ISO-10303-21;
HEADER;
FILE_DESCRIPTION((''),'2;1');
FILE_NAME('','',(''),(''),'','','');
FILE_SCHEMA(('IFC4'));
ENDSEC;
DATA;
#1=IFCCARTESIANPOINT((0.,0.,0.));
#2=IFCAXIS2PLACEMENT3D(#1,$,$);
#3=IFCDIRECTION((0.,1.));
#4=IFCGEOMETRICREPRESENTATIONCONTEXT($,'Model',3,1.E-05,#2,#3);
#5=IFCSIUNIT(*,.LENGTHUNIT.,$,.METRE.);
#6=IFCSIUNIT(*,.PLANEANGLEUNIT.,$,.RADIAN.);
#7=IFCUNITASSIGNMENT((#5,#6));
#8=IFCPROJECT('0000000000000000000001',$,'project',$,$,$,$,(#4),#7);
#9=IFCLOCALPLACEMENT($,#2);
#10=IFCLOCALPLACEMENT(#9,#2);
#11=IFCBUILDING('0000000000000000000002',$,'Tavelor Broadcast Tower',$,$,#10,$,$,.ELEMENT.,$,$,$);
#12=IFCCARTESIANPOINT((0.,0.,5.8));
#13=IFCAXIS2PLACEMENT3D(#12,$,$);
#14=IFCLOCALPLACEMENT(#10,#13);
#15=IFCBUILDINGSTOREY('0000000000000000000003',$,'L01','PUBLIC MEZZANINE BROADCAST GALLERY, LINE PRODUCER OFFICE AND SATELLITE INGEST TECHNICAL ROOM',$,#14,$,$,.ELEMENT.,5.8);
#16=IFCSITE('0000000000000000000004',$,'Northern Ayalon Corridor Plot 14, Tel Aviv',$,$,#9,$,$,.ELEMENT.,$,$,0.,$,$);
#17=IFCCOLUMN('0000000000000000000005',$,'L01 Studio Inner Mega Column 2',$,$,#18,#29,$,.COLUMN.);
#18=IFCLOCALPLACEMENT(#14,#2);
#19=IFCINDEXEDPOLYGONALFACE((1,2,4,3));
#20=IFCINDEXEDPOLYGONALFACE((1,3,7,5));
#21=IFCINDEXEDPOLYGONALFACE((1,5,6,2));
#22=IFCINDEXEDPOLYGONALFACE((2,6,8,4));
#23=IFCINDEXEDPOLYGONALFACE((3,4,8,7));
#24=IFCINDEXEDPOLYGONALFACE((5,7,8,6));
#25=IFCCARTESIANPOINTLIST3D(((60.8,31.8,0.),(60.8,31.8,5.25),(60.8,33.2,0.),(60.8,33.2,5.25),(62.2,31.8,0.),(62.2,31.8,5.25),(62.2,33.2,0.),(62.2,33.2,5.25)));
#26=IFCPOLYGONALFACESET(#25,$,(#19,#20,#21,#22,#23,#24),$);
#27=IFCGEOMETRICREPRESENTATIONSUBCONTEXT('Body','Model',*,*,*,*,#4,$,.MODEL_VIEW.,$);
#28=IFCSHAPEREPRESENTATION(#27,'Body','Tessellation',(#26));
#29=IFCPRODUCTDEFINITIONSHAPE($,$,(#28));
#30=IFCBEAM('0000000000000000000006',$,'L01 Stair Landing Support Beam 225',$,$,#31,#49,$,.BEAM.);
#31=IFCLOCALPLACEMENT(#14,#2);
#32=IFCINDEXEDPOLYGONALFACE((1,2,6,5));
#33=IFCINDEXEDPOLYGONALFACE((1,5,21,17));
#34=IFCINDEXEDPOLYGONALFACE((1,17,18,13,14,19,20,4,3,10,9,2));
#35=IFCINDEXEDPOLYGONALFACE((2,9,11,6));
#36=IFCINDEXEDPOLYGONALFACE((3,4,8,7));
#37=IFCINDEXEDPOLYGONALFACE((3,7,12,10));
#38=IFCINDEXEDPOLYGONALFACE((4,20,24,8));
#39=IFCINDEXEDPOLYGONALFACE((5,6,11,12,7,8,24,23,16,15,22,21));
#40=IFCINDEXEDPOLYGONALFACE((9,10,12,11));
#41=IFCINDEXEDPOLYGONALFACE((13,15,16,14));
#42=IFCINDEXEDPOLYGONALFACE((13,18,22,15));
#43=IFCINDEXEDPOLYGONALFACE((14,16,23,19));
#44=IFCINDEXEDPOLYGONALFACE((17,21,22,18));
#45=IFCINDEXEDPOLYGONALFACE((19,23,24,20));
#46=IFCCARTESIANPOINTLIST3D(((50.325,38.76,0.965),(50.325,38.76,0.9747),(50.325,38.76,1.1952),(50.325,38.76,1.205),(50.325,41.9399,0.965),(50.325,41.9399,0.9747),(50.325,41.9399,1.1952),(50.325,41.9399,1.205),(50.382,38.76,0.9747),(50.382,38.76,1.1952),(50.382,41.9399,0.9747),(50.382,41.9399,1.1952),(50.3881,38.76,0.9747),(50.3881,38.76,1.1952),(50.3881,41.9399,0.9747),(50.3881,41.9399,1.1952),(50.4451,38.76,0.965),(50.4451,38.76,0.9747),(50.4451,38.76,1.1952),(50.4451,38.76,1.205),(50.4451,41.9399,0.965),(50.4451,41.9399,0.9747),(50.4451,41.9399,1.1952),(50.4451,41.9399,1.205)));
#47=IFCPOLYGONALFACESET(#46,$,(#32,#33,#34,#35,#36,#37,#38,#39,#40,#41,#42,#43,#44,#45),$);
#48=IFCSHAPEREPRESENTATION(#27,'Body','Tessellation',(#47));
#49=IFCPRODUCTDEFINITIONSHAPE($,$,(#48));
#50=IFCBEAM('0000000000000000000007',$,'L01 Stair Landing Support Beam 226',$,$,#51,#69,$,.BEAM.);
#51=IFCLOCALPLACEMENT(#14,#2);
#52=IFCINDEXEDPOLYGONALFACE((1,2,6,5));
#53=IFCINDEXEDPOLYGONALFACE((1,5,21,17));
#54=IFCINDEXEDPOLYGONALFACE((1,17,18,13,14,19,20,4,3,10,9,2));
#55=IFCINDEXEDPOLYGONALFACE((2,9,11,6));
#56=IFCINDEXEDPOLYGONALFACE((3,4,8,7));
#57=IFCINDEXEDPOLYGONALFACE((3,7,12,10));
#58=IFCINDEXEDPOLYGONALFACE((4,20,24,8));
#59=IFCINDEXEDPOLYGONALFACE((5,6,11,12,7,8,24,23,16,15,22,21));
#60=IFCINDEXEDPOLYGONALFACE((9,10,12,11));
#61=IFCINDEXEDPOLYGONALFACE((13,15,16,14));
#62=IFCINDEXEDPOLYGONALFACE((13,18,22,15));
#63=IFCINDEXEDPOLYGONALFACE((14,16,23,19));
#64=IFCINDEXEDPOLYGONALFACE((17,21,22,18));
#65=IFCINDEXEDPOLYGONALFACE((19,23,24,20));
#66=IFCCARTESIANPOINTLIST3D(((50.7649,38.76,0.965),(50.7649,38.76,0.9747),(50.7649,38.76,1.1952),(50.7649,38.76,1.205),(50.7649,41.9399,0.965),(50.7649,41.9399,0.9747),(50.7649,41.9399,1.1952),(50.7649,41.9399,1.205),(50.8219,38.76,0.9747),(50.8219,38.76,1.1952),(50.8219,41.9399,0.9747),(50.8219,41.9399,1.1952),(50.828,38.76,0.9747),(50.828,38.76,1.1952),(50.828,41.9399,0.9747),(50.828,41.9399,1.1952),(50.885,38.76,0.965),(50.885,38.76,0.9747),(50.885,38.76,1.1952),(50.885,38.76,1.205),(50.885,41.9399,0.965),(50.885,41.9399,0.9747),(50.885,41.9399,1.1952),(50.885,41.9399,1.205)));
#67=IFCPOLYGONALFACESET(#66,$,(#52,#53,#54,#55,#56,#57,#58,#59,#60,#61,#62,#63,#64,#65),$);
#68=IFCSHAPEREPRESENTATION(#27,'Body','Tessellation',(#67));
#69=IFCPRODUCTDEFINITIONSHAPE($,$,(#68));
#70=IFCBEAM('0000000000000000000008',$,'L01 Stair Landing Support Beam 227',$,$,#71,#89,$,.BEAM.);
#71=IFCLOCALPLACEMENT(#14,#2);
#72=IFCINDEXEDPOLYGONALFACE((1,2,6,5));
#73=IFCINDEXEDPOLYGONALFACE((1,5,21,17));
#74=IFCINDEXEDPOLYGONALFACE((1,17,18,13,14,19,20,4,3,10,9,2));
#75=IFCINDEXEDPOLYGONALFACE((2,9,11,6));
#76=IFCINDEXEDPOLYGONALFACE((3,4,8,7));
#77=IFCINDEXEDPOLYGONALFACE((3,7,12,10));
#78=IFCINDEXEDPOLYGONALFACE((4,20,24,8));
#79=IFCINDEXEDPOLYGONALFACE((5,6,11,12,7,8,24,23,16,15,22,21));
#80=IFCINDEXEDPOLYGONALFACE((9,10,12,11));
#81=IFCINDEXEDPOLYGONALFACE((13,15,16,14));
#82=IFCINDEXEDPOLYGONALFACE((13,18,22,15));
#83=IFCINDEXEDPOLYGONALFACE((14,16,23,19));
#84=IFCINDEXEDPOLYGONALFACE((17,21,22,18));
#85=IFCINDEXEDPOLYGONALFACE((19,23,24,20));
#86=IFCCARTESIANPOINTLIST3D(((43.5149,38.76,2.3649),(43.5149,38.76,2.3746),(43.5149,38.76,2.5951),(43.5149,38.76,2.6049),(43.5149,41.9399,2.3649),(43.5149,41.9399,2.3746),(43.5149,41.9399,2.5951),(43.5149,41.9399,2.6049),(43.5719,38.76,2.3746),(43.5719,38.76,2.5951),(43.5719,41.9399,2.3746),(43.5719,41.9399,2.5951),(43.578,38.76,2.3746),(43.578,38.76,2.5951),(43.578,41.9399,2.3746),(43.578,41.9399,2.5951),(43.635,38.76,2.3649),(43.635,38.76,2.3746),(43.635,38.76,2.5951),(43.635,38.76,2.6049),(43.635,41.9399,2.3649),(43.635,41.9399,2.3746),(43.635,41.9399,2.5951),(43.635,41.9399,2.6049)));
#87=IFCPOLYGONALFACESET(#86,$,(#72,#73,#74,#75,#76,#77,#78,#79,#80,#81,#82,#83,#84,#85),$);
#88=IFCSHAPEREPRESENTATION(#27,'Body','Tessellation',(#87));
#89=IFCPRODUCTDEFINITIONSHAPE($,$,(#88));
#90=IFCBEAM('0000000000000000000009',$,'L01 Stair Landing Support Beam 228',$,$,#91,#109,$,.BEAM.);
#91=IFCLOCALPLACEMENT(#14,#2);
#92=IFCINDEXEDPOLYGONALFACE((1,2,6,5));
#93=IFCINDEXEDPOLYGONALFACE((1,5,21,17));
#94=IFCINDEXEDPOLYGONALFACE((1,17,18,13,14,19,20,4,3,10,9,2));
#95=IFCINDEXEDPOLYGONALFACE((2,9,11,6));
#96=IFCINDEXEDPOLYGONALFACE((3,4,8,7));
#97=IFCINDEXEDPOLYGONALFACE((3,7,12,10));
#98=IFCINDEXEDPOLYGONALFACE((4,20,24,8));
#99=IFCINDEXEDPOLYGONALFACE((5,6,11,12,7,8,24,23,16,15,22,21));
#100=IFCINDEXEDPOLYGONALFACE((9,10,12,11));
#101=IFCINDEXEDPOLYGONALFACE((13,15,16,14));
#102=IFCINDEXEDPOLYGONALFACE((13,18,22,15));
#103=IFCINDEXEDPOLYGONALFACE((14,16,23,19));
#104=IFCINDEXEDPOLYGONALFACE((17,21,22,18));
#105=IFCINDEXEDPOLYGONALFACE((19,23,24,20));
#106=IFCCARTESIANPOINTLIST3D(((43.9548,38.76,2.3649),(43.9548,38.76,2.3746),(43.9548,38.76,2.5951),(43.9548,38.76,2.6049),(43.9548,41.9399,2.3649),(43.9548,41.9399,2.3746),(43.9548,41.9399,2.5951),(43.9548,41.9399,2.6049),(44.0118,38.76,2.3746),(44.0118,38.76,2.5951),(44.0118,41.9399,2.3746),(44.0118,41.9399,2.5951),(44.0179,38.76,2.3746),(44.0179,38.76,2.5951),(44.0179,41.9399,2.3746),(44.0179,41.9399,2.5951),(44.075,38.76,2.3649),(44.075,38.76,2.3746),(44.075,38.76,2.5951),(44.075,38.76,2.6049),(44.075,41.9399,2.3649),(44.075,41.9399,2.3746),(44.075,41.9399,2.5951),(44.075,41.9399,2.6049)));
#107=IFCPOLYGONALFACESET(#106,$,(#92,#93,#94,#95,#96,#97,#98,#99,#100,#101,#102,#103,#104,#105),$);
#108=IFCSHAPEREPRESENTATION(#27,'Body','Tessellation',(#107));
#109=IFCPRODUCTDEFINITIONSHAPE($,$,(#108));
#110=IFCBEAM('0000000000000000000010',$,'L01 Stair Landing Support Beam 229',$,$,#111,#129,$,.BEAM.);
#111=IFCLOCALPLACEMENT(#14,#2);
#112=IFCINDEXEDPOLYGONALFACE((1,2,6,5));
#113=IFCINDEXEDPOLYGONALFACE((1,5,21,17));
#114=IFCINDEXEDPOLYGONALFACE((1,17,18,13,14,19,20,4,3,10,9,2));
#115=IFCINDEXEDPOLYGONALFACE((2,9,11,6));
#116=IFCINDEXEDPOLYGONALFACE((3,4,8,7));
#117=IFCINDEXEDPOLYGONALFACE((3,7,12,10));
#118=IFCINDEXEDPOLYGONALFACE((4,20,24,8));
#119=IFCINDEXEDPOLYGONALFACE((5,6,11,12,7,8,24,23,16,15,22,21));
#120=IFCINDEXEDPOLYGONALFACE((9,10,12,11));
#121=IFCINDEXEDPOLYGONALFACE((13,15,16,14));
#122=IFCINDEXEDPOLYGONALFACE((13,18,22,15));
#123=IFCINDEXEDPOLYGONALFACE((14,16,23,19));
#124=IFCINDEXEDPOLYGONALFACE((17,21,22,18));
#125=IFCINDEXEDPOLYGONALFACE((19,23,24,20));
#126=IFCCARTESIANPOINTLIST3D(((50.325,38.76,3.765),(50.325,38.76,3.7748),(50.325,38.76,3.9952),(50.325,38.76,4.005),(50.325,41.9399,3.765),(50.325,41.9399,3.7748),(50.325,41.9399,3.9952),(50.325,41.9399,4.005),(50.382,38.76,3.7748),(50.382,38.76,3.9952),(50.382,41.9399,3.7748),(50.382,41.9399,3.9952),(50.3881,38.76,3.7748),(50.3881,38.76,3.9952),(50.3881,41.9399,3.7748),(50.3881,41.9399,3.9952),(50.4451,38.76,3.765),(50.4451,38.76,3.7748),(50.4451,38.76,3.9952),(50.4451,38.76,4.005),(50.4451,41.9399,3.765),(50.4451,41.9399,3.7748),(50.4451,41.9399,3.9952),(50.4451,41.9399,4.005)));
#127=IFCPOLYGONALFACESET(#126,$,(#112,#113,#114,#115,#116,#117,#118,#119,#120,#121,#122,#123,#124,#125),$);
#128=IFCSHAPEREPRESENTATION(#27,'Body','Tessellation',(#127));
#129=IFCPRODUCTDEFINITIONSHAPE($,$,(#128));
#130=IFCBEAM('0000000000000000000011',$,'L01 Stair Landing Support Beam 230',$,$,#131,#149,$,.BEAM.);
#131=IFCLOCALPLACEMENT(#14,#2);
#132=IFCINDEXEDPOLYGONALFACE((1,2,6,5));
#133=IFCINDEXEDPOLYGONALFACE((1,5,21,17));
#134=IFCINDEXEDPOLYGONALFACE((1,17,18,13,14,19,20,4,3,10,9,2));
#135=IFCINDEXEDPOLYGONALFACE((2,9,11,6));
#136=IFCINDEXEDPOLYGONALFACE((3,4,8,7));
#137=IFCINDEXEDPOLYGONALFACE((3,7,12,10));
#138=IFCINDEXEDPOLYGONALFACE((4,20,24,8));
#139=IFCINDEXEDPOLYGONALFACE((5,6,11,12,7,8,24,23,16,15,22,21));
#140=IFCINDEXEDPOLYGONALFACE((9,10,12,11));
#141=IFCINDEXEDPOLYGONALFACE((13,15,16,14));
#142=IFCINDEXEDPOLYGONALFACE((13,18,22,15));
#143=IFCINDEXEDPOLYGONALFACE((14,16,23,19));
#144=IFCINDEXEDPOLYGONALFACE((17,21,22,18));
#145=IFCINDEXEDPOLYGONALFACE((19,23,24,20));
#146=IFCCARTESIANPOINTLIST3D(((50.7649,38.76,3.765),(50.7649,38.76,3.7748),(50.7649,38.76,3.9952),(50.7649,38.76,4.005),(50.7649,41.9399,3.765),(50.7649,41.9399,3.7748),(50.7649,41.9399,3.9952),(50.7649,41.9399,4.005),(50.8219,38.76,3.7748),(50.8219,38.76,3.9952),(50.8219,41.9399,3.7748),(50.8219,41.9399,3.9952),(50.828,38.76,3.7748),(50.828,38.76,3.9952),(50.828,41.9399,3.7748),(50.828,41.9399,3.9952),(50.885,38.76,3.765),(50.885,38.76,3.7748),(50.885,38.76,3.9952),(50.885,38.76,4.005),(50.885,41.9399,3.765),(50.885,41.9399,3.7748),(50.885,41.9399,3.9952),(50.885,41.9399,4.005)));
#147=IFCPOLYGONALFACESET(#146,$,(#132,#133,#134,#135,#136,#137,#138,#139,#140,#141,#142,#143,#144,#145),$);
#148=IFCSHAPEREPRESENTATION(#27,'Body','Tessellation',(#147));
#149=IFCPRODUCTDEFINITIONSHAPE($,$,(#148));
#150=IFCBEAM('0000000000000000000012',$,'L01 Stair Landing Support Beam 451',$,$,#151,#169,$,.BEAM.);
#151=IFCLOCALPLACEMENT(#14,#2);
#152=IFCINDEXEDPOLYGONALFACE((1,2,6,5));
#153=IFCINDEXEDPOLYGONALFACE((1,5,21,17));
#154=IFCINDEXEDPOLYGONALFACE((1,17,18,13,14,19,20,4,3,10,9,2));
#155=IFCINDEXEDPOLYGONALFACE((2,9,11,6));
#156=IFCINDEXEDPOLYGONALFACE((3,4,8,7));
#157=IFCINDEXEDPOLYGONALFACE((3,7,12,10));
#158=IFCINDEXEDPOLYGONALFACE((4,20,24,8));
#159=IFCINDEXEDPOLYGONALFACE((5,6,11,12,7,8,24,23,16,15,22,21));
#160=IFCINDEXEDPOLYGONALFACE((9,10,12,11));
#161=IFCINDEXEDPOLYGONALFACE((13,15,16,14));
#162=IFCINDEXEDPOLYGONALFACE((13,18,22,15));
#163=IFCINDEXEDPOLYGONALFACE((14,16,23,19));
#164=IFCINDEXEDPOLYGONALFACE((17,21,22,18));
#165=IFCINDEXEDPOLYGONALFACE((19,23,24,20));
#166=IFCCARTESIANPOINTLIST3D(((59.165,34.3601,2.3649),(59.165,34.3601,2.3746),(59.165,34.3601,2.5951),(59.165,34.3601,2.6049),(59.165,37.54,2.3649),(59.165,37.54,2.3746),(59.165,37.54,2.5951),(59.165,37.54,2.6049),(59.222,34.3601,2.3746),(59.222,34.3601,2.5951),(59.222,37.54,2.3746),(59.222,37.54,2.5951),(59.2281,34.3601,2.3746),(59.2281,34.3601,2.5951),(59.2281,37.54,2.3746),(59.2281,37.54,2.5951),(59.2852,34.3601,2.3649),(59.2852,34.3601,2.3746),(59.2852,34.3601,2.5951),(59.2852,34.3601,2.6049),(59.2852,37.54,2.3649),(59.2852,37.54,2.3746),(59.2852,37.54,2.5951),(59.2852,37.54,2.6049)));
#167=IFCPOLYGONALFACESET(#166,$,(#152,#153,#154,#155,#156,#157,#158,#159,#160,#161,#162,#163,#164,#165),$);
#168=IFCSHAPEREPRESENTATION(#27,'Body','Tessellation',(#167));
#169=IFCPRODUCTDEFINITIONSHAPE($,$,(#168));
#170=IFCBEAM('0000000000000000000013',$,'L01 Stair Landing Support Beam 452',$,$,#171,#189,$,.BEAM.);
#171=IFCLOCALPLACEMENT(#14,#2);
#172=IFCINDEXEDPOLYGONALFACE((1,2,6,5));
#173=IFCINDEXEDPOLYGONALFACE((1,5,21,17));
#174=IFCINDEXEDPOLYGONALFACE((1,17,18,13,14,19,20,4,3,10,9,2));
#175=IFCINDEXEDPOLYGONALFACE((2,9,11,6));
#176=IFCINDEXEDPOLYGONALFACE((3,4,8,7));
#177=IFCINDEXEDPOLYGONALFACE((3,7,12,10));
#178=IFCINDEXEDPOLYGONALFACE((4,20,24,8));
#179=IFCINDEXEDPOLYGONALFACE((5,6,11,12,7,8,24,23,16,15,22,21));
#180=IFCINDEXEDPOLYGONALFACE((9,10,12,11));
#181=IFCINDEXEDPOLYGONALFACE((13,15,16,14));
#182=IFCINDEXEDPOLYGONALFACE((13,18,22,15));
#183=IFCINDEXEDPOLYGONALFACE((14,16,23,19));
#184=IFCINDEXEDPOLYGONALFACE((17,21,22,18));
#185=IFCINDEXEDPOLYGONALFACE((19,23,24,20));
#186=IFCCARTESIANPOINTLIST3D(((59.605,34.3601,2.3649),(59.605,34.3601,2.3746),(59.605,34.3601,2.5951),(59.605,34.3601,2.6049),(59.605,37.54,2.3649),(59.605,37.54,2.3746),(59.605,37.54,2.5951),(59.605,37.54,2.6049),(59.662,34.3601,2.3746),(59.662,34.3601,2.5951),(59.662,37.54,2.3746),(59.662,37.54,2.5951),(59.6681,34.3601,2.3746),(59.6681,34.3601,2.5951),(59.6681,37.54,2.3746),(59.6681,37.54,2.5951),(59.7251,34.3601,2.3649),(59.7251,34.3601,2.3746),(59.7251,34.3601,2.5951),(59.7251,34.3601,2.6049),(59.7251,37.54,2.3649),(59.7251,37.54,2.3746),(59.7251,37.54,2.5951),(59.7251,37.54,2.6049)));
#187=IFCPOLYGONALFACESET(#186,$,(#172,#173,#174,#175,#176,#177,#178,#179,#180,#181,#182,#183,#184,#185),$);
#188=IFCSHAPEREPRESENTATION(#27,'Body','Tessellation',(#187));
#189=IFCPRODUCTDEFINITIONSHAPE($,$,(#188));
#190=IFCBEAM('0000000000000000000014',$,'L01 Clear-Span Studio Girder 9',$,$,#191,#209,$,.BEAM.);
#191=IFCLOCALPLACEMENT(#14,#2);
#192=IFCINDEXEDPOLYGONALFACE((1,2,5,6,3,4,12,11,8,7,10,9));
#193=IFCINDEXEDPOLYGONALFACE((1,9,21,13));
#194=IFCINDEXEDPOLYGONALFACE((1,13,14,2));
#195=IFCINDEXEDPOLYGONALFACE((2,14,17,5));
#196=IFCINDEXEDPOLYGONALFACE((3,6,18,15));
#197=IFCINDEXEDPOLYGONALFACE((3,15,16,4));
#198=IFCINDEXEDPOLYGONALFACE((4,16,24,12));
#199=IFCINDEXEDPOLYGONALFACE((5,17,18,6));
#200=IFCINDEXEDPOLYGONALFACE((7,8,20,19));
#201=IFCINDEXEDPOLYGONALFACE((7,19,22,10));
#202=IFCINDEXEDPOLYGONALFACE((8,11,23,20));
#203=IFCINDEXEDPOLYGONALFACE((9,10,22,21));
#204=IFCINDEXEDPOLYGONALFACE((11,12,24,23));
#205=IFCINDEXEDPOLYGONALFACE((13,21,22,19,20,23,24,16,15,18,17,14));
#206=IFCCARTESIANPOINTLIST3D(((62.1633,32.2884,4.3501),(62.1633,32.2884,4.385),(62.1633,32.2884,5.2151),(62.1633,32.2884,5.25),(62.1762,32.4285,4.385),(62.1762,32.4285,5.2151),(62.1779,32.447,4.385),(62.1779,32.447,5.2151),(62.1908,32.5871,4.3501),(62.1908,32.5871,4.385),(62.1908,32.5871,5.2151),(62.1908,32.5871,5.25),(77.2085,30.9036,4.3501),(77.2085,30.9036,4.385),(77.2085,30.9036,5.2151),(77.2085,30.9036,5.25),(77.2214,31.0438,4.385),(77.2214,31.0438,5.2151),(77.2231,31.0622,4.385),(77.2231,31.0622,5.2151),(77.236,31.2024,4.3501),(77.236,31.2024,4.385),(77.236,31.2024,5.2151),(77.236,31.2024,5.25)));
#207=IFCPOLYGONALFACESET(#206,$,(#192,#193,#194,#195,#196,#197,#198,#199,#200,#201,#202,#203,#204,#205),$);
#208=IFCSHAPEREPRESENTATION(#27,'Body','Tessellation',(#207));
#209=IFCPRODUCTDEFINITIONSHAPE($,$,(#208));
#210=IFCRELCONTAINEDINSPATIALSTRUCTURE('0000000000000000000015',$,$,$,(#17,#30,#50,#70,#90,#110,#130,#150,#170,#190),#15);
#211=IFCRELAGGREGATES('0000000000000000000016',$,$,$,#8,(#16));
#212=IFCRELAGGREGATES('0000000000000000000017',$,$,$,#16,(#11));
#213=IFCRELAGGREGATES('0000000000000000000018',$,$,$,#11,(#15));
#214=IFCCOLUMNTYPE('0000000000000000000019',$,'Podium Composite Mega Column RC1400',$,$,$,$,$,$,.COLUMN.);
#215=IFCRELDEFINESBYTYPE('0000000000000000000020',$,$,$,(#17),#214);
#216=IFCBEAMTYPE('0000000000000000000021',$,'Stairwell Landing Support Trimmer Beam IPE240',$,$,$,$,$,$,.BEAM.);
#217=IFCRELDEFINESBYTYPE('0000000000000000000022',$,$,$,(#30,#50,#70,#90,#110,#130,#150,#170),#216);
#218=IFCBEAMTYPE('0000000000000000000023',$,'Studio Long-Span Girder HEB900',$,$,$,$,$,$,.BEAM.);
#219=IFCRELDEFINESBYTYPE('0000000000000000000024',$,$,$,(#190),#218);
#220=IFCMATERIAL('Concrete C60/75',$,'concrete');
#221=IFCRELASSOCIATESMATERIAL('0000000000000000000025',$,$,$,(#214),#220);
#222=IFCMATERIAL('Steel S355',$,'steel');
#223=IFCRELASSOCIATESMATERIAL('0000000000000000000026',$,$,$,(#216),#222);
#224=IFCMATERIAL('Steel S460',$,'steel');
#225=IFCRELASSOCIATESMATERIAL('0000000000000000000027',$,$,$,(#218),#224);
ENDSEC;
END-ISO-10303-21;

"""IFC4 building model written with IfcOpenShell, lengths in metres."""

from ifc_helpers import new_model, si_unit, direction, frame, origin, origin_2d, place, context, subcontext, project, spatial, rectangle, i_section, extrude, material, material_profile, profile_set, type_object, element, save


model = new_model("IFC4")

# Units and contexts
model_context = context("Model", 3, precision=1e-05, world=origin(), true_north=direction((0.0, 1.0)))
body_context = subcontext(model_context, "Body", "Model", "MODEL_VIEW")
ifc_project = project(units=[si_unit("LENGTHUNIT", "METRE"), si_unit("PLANEANGLEUNIT", "RADIAN")], contexts=[model_context])

# Site, building, storey
site_placement = place(None, origin())
site = spatial("IfcSite", under=ifc_project, at=site_placement, Name="Northern Ayalon Corridor Plot 14, Tel Aviv", CompositionType="ELEMENT", RefElevation=0.0)
building_placement = place(site_placement, origin())
building = spatial("IfcBuilding", under=site, at=building_placement, Name="Tavelor Broadcast Tower", CompositionType="ELEMENT")
storey_placement = place(building_placement, frame((0.0, 0.0, 5.8)))
storey = spatial("IfcBuildingStorey", under=building, at=storey_placement, Name="L01", Description="PUBLIC MEZZANINE BROADCAST GALLERY, LINE PRODUCER OFFICE AND SATELLITE INGEST TECHNICAL ROOM", CompositionType="ELEMENT", Elevation=5.8)

# Column
ifc_material_1 = material(Name="Concrete C60/75", Category="concrete")
ifc_material_profile_1 = material_profile(ifc_material_1, rectangle(XDim=1.3999, YDim=1.3999, at=origin_2d()), Name="RC 1400x1400")
ifc_profile_set_1 = profile_set([ifc_material_profile_1], Name="Concrete C60/75")
column_type = type_object("IfcColumnType", Name="Podium Composite Mega Column RC1400", PredefinedType="COLUMN", material=ifc_profile_set_1)
column_placement = place(storey_placement, frame((61.5, 32.5, 0.0), z_axis=(0.0, 0.0, 1.0), x_axis=(1.0, 0.0, 0.0)))
element("IfcColumn", 1, at=column_placement, inside=storey, type_object=column_type, Name="L01 Studio Inner Mega Column 2", PredefinedType="COLUMN", context=body_context, shape_type="SweptSolid", body=[
    extrude(rectangle(XDim=1.3999, YDim=1.3999, at=origin_2d()), origin(), (0.0, 0.0, 1.0), 5.25),
])

# Beams
ifc_material_2 = material(Name="Steel S355", Category="steel")
ifc_material_profile_2 = material_profile(ifc_material_2, i_section(OverallWidth=0.1201, OverallDepth=0.24, WebThickness=0.0061, FlangeThickness=0.0098, at=origin_2d()), Name="IPE 240")
ifc_profile_set_2 = profile_set([ifc_material_profile_2], Name="Steel S355")
beam_type_1 = type_object("IfcBeamType", Name="Stairwell Landing Support Trimmer Beam IPE240", PredefinedType="BEAM", material=ifc_profile_set_2)
for number, where, z_axis, x_axis, name in (
    (2, (50.385, 38.76, 1.085), (0.0, 1.0, 0.0), (-1.0, 0.0, 0.0), "L01 Stair Landing Support Beam 225"),
    (3, (50.825, 38.76, 1.085), (0.0, 1.0, 0.0), (-1.0, 0.0, 0.0), "L01 Stair Landing Support Beam 226"),
    (4, (43.575, 38.76, 2.4849), (0.0, 1.0, 0.0), (-1.0, 0.0, 0.0), "L01 Stair Landing Support Beam 227"),
    (5, (44.0149, 38.76, 2.4849), (0.0, 1.0, 0.0), (-1.0, 0.0, 0.0), "L01 Stair Landing Support Beam 228"),
    (6, (50.385, 38.76, 3.885), (0.0, 1.0, 0.0), (-1.0, 0.0, 0.0), "L01 Stair Landing Support Beam 229"),
    (7, (50.825, 38.76, 3.885), (0.0, 1.0, 0.0), (-1.0, 0.0, 0.0), "L01 Stair Landing Support Beam 230"),
    (8, (59.2251, 34.3601, 2.4849), (0.0, 1.0, 0.0), (-1.0, 0.0, 0.0), "L01 Stair Landing Support Beam 451"),
    (9, (59.665, 34.3601, 2.4849), (0.0, 1.0, 0.0), (-1.0, 0.0, 0.0), "L01 Stair Landing Support Beam 452"),
):
    element("IfcBeam", number, at=place(storey_placement, frame(where, z_axis=z_axis, x_axis=x_axis)), inside=storey, type_object=beam_type_1, Name=name, PredefinedType="BEAM", context=body_context, shape_type="SweptSolid", body=[
        extrude(i_section(OverallWidth=0.1201, OverallDepth=0.24, WebThickness=0.0061, FlangeThickness=0.0098, at=origin_2d()), origin(), (0.0, 0.0, 1.0), 3.1799),
    ])
ifc_material_3 = material(Name="Steel S460", Category="steel")
ifc_material_profile_3 = material_profile(ifc_material_3, i_section(OverallWidth=0.3, OverallDepth=0.8999, WebThickness=0.0186, FlangeThickness=0.0349, at=origin_2d()), Name="HEB 900")
ifc_profile_set_3 = profile_set([ifc_material_profile_3], Name="Steel S460")
beam_type_2 = type_object("IfcBeamType", Name="Studio Long-Span Girder HEB900", PredefinedType="BEAM", material=ifc_profile_set_3)
beam_placement = place(storey_placement, frame((62.177, 32.4377, 4.8), z_axis=(0.995791, -0.091652, 0.0), x_axis=(0.091652, 0.995791, 0.0)))
element("IfcBeam", 10, at=beam_placement, inside=storey, type_object=beam_type_2, Name="L01 Clear-Span Studio Girder 9", PredefinedType="BEAM", context=body_context, shape_type="SweptSolid", body=[
    extrude(i_section(OverallWidth=0.3, OverallDepth=0.8999, WebThickness=0.0186, FlangeThickness=0.0349, at=origin_2d()), origin(), (0.0, 0.0, 1.0), 15.1089),
])

save(model, "model.ifc")
